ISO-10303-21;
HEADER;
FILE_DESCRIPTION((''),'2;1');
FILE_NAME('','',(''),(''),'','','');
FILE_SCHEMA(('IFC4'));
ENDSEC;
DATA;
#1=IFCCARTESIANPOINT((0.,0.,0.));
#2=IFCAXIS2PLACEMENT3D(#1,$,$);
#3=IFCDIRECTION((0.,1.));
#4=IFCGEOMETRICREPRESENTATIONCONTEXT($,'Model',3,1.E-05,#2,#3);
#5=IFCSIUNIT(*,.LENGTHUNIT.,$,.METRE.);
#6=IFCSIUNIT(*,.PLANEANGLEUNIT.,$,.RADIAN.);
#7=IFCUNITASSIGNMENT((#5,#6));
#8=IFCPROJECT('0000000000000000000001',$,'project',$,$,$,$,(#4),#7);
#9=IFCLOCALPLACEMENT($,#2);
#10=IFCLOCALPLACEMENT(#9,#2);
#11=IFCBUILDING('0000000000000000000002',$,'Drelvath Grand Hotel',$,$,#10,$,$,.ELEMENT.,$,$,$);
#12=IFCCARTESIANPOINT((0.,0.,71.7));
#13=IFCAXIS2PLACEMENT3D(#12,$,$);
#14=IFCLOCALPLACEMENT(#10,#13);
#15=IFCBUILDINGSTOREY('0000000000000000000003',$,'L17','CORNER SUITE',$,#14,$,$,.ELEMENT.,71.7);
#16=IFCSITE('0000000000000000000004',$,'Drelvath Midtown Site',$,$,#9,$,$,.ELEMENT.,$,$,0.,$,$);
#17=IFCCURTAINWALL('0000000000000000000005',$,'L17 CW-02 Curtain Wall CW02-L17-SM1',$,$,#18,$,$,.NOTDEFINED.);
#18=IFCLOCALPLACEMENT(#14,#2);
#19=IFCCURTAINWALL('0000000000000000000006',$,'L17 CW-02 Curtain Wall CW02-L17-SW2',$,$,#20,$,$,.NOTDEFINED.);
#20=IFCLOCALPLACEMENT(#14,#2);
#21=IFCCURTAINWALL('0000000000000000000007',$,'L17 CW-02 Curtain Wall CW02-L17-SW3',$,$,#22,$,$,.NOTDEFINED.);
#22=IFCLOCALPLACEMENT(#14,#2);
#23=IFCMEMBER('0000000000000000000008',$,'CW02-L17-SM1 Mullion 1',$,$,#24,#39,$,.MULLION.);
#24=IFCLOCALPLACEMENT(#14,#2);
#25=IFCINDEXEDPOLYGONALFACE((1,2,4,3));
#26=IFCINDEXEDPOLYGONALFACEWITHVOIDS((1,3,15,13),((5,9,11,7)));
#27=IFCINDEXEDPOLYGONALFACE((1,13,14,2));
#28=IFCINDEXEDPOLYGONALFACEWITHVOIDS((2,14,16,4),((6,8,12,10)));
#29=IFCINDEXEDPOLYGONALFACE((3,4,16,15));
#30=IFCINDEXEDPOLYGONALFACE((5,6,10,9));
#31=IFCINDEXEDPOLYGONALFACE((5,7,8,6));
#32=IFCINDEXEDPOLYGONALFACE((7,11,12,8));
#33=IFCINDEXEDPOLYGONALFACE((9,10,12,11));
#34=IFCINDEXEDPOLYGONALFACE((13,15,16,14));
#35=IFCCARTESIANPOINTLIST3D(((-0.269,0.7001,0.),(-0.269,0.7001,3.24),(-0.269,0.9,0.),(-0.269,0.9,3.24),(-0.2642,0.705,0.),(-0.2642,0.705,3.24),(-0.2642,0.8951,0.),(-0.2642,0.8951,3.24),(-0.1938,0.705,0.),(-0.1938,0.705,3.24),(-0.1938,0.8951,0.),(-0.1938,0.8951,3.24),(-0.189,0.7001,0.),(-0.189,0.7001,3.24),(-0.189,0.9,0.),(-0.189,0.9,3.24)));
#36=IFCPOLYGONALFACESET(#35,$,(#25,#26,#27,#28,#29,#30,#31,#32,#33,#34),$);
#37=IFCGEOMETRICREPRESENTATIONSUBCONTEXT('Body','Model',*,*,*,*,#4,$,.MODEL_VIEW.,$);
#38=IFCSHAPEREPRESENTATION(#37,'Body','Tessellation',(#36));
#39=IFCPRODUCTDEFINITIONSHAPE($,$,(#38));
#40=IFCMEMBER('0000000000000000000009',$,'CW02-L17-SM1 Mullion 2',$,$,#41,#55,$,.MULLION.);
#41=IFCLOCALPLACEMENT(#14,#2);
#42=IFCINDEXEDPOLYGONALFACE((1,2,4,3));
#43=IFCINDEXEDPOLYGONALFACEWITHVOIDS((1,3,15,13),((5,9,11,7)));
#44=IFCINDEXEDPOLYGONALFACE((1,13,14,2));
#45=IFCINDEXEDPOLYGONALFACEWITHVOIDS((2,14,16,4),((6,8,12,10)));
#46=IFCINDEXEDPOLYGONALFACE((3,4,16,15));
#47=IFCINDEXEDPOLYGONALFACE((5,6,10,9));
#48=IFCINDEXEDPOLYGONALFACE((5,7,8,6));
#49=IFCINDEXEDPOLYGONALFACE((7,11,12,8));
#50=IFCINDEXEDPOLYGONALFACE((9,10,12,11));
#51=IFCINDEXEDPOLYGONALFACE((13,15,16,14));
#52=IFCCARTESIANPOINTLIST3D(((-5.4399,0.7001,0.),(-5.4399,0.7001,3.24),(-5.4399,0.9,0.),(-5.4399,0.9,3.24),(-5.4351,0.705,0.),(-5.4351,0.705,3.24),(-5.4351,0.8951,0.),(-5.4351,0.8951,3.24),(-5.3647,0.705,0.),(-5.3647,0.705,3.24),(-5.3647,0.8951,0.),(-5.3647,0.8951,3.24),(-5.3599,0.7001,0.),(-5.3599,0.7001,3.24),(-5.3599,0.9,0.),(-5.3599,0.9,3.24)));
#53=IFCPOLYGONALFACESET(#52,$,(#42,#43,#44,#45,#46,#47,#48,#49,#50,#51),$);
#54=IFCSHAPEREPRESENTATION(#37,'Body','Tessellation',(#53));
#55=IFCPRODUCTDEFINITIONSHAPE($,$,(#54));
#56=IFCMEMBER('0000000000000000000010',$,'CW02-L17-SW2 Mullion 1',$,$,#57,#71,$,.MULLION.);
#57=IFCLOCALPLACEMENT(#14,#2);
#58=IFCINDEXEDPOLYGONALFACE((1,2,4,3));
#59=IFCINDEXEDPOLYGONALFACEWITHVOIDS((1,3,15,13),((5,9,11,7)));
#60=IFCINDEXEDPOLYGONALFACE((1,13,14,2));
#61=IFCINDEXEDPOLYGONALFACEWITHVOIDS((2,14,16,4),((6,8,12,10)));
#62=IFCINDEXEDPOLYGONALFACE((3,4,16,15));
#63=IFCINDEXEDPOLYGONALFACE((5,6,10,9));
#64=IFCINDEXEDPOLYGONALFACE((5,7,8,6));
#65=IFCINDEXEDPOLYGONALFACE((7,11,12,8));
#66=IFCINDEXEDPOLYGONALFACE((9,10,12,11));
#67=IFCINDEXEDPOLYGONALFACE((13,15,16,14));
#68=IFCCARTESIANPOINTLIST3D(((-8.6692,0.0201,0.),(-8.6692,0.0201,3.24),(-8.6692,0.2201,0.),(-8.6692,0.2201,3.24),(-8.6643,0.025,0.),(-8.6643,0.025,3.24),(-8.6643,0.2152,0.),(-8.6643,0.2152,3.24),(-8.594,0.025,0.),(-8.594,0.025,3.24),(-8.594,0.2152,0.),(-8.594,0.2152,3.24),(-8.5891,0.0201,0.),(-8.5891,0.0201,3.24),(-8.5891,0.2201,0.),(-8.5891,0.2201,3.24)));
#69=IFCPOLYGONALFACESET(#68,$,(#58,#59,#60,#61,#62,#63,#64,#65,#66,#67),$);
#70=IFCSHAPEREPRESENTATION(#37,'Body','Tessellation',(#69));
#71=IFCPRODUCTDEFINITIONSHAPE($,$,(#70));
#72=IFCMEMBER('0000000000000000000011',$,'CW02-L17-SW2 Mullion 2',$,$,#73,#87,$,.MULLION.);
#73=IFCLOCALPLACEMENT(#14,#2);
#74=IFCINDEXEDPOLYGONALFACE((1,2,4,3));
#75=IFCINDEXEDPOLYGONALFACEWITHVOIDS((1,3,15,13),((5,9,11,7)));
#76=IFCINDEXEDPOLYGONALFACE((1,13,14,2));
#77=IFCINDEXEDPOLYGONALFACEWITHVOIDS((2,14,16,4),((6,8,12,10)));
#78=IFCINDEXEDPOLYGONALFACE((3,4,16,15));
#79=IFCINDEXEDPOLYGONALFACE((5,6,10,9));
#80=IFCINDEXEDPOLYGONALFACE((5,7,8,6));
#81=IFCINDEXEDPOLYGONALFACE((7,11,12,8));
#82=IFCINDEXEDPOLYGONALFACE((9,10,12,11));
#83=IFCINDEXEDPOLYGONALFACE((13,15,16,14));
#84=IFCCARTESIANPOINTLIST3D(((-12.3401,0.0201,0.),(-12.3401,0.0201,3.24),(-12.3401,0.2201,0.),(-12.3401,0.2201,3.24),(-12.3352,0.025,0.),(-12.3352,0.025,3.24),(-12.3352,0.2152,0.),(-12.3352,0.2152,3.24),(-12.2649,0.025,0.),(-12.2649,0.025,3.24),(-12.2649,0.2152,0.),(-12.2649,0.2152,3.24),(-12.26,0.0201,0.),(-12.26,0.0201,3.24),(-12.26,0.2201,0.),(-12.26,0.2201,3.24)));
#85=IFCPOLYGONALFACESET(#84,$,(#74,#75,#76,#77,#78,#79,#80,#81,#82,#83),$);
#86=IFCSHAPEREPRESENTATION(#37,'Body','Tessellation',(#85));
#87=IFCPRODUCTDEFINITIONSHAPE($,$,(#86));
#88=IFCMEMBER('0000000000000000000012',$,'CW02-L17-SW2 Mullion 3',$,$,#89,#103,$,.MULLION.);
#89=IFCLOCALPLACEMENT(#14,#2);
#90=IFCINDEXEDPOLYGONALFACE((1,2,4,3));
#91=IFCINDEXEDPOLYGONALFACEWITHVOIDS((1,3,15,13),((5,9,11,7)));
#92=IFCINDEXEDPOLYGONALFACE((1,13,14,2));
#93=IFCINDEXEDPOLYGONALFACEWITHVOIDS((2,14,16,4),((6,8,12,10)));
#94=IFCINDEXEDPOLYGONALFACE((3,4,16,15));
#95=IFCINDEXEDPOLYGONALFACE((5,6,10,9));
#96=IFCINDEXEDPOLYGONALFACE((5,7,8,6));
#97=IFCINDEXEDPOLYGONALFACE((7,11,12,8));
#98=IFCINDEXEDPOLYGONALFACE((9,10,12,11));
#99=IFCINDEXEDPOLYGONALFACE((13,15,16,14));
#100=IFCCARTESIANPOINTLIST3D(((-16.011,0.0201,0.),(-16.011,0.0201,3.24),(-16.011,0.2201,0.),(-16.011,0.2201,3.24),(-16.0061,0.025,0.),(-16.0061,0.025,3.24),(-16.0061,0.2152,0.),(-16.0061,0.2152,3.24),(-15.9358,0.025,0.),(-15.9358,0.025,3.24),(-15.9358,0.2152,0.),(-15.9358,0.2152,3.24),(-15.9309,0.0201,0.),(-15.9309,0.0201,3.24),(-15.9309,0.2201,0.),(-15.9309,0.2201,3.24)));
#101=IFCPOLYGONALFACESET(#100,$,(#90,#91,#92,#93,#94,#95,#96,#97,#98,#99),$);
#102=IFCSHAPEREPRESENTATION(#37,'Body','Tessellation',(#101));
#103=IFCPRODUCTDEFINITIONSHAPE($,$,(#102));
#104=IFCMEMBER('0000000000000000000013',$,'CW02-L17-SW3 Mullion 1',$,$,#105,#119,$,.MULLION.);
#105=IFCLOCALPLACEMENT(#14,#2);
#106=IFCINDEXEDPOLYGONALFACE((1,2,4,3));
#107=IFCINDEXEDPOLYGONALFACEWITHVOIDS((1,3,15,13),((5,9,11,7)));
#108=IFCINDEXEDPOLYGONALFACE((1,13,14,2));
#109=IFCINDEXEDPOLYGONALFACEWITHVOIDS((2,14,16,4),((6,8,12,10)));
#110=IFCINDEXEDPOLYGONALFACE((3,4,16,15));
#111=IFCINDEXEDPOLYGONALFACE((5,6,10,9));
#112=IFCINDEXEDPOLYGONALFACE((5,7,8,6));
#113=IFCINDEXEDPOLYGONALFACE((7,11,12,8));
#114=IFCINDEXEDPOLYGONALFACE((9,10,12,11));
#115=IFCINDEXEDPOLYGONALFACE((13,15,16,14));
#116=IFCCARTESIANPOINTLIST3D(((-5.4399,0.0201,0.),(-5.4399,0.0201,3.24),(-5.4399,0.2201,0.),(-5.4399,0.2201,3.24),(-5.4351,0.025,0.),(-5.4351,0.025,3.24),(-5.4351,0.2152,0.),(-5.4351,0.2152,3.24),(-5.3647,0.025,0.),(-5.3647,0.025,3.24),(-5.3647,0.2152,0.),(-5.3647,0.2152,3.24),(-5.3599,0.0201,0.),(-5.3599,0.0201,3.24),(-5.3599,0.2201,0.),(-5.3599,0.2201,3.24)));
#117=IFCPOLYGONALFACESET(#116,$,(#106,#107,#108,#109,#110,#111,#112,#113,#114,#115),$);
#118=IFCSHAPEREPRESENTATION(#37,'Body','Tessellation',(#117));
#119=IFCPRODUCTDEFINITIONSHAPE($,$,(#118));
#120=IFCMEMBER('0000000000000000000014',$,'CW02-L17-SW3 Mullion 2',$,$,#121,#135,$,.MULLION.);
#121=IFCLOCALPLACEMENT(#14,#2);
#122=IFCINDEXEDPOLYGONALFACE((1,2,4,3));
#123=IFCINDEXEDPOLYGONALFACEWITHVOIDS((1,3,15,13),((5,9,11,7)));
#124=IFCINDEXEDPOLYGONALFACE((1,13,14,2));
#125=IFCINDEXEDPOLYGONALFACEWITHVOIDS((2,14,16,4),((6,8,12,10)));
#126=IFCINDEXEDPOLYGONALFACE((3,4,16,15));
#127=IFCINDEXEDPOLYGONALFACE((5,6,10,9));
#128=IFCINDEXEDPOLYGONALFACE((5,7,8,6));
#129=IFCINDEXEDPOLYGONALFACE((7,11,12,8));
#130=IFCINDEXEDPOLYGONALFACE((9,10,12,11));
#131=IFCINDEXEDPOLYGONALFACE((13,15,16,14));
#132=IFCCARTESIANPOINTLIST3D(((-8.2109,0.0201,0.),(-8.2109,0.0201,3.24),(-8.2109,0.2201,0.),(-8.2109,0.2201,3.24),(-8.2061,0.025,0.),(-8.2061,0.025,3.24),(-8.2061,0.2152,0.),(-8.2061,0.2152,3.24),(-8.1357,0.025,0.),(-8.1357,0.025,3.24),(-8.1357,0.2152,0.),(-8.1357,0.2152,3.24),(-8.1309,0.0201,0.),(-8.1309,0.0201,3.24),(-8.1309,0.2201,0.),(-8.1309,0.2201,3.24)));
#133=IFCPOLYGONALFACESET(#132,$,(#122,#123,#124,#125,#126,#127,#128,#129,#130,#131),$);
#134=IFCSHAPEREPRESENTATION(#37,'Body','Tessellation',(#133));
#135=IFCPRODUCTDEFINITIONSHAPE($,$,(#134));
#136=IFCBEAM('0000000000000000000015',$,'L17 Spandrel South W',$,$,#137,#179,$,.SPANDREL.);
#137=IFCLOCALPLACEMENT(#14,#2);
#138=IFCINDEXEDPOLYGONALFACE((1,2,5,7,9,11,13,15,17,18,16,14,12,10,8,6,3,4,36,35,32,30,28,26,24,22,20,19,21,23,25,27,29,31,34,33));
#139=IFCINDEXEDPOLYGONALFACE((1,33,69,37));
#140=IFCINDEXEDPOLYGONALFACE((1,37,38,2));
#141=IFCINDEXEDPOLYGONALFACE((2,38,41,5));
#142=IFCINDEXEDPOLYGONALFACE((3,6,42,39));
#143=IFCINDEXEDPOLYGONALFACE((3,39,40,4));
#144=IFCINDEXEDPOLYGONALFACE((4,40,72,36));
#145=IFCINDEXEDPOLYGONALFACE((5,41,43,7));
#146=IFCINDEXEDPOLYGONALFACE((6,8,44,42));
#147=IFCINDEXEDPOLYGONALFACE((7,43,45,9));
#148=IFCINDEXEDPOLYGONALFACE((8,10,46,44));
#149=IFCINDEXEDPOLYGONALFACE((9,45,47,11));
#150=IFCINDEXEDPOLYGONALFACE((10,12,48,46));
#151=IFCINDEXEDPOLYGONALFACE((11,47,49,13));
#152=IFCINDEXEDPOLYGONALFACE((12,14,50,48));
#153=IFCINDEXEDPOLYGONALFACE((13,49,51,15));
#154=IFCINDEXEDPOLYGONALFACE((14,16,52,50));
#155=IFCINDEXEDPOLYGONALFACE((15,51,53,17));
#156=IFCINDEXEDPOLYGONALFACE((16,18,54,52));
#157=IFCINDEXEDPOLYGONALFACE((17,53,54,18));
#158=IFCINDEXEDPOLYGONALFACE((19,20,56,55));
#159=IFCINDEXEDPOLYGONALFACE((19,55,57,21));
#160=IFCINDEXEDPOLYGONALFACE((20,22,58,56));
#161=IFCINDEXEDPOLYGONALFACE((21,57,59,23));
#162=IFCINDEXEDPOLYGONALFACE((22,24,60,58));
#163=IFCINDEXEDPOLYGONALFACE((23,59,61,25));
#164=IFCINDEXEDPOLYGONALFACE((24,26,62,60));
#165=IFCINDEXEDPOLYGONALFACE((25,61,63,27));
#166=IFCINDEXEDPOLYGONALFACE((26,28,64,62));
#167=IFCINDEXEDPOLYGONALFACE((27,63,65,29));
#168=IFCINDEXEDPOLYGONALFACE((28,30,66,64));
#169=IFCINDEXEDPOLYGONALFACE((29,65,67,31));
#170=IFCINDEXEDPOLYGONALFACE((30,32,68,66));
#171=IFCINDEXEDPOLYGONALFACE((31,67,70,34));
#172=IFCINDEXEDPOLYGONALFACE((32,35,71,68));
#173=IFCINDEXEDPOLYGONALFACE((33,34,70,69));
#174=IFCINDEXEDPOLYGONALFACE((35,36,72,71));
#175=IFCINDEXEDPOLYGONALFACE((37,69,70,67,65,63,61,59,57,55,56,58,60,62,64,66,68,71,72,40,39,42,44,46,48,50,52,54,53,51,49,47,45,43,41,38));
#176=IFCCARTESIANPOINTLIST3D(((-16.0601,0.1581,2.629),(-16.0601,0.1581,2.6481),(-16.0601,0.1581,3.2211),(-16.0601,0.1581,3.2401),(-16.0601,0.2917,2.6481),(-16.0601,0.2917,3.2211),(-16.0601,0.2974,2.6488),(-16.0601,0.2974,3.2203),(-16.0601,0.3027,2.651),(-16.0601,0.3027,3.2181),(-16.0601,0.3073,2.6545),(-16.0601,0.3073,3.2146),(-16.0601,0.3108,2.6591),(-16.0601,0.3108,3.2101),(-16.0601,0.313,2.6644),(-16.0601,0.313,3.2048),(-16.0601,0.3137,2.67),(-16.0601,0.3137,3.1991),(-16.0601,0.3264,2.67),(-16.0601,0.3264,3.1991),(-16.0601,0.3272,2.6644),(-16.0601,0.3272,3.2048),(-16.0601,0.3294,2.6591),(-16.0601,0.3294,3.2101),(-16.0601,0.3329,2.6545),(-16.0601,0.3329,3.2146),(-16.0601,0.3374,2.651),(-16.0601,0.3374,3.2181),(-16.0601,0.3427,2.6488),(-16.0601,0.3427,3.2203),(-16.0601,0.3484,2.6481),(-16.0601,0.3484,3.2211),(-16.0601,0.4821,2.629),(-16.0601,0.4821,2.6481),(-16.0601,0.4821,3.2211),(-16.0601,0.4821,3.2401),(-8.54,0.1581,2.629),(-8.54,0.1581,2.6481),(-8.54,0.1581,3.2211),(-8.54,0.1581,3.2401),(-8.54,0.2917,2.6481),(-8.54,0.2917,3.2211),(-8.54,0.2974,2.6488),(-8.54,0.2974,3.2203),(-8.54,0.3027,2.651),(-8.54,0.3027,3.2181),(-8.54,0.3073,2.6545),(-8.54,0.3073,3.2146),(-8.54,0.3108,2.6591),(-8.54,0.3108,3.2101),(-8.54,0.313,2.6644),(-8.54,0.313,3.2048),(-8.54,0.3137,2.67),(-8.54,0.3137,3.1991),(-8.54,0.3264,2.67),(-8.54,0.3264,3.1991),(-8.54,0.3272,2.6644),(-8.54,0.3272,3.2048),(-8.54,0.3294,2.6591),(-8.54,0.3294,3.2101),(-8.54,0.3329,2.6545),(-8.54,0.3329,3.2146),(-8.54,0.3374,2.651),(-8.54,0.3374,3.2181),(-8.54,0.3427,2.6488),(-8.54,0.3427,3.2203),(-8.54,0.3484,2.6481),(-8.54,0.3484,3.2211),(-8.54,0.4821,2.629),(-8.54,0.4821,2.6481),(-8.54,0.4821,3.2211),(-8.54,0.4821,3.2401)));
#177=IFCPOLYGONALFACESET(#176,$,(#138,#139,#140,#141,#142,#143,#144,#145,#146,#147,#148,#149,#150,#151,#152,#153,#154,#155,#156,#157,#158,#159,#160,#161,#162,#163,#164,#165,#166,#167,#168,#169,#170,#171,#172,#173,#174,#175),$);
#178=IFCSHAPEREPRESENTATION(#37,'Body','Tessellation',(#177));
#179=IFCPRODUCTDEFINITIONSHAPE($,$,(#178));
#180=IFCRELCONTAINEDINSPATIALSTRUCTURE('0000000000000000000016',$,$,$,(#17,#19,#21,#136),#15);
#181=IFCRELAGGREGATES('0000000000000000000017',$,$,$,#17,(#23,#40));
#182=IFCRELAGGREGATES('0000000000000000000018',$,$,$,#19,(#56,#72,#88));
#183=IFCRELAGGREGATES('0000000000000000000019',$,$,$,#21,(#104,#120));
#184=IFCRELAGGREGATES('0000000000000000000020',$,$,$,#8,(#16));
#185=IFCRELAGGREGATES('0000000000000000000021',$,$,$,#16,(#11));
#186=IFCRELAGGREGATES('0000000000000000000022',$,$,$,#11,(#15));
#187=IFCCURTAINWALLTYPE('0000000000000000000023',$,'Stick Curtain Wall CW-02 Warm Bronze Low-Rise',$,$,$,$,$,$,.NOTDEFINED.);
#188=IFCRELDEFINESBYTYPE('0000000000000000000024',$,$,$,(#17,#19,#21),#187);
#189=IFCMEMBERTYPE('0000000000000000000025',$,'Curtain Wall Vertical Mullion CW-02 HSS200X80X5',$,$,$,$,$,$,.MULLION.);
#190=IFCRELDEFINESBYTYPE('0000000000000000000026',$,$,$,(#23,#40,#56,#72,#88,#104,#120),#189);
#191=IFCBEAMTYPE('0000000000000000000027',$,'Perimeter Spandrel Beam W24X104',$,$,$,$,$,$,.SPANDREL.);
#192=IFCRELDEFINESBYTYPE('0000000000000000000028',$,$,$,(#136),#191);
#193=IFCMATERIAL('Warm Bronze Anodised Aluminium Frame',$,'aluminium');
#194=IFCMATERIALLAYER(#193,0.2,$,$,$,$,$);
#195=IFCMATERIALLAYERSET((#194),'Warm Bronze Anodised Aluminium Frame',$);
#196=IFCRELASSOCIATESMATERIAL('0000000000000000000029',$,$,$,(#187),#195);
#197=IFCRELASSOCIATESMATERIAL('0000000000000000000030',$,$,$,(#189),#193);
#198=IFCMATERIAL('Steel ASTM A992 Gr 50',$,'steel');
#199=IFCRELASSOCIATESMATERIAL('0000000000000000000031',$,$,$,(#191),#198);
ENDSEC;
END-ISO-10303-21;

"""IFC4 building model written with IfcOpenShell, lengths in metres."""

from ifc_helpers import new_model, si_unit, direction, frame, origin, origin_2d, place, context, subcontext, project, spatial, hollow_rectangle, i_section, extrude, material, layer, layer_set, material_profile, profile_set, type_object, element, aggregate, save


model = new_model("IFC4")

# Units and contexts
model_context = context("Model", 3, precision=1e-05, world=origin(), true_north=direction((0.0, 1.0)))
body_context = subcontext(model_context, "Body", "Model", "MODEL_VIEW")
ifc_project = project(units=[si_unit("LENGTHUNIT", "METRE"), si_unit("PLANEANGLEUNIT", "RADIAN")], contexts=[model_context])

# Site, building, storey
site_placement = place(None, origin())
site = spatial("IfcSite", under=ifc_project, at=site_placement, Name="Drelvath Midtown Site", CompositionType="ELEMENT", RefElevation=0.0)
building_placement = place(site_placement, origin())
building = spatial("IfcBuilding", under=site, at=building_placement, Name="Drelvath Grand Hotel", CompositionType="ELEMENT")
storey_placement = place(building_placement, frame((0.0, 0.0, 71.7)))
storey = spatial("IfcBuildingStorey", under=building, at=storey_placement, Name="L17", Description="CORNER SUITE", CompositionType="ELEMENT", Elevation=71.7)

# Shared definitions
ifc_material_1 = material(Name="Steel ASTM A992 Gr 50", Category="steel")

# Curtain walls
ifc_material_2 = material(Name="Warm Bronze Anodised Aluminium Frame", Category="aluminium")
ifc_layer_1 = layer(ifc_material_2, 0.2)
ifc_layer_set_1 = layer_set([ifc_layer_1], Name="Warm Bronze Anodised Aluminium Frame")
curtain_wall_type = type_object("IfcCurtainWallType", Name="Stick Curtain Wall CW-02 Warm Bronze Low-Rise", PredefinedType="NOTDEFINED", material=ifc_layer_set_1)
curtain_wall_1_placement = place(storey_placement, origin())
curtain_wall_1 = element("IfcCurtainWall", 1, at=curtain_wall_1_placement, inside=storey, type_object=curtain_wall_type, Name="L17 CW-02 Curtain Wall CW02-L17-SM1", PredefinedType="NOTDEFINED")
curtain_wall_2_placement = place(storey_placement, origin())
curtain_wall_2 = element("IfcCurtainWall", 2, at=curtain_wall_2_placement, inside=storey, type_object=curtain_wall_type, Name="L17 CW-02 Curtain Wall CW02-L17-SW2", PredefinedType="NOTDEFINED")
curtain_wall_3_placement = place(storey_placement, origin())
curtain_wall_3 = element("IfcCurtainWall", 3, at=curtain_wall_3_placement, inside=storey, type_object=curtain_wall_type, Name="L17 CW-02 Curtain Wall CW02-L17-SW3", PredefinedType="NOTDEFINED")

# Members
ifc_material_profile_1 = material_profile(ifc_material_2, hollow_rectangle(XDim=0.0801, YDim=0.2, WallThickness=0.0049, at=origin_2d()), Name="HSS200X80X5")
ifc_profile_set_1 = profile_set([ifc_material_profile_1], Name="Warm Bronze Anodised Aluminium Frame")
member_type_1 = type_object("IfcMemberType", Name="Curtain Wall Vertical Mullion CW-02 HSS200X80X5", PredefinedType="MULLION", material=ifc_profile_set_1)
member_1_placement = place(storey_placement, frame((-0.229, 0.8, 0.0), z_axis=(0.0, 0.0, 1.0), x_axis=(1.0, 0.0, 0.0)))
member_1 = element("IfcMember", 4, at=member_1_placement, type_object=member_type_1, Name="CW02-L17-SM1 Mullion 1", PredefinedType="MULLION", context=body_context, shape_type="SweptSolid", body=[
    extrude(hollow_rectangle(XDim=0.0801, YDim=0.2, WallThickness=0.0049, at=origin_2d()), origin(), (0.0, 0.0, 1.0), 3.24),
])
member_2_placement = place(storey_placement, frame((-5.3999, 0.8, 0.0), z_axis=(0.0, 0.0, 1.0), x_axis=(1.0, 0.0, 0.0)))
member_2 = element("IfcMember", 5, at=member_2_placement, type_object=member_type_1, Name="CW02-L17-SM1 Mullion 2", PredefinedType="MULLION", context=body_context, shape_type="SweptSolid", body=[
    extrude(hollow_rectangle(XDim=0.0801, YDim=0.2, WallThickness=0.0049, at=origin_2d()), origin(), (0.0, 0.0, 1.0), 3.24),
])
member_3_placement = place(storey_placement, frame((-8.6292, 0.1201, 0.0), z_axis=(0.0, 0.0, 1.0), x_axis=(1.0, 0.0, 0.0)))
member_3 = element("IfcMember", 6, at=member_3_placement, type_object=member_type_1, Name="CW02-L17-SW2 Mullion 1", PredefinedType="MULLION", context=body_context, shape_type="SweptSolid", body=[
    extrude(hollow_rectangle(XDim=0.0801, YDim=0.2, WallThickness=0.0049, at=origin_2d()), origin(), (0.0, 0.0, 1.0), 3.24),
])
member_4_placement = place(storey_placement, frame((-12.3, 0.1201, 0.0), z_axis=(0.0, 0.0, 1.0), x_axis=(1.0, 0.0, 0.0)))
member_4 = element("IfcMember", 7, at=member_4_placement, type_object=member_type_1, Name="CW02-L17-SW2 Mullion 2", PredefinedType="MULLION", context=body_context, shape_type="SweptSolid", body=[
    extrude(hollow_rectangle(XDim=0.0801, YDim=0.2, WallThickness=0.0049, at=origin_2d()), origin(), (0.0, 0.0, 1.0), 3.24),
])
member_5_placement = place(storey_placement, frame((-15.9709, 0.1201, 0.0), z_axis=(0.0, 0.0, 1.0), x_axis=(1.0, 0.0, 0.0)))
member_5 = element("IfcMember", 8, at=member_5_placement, type_object=member_type_1, Name="CW02-L17-SW2 Mullion 3", PredefinedType="MULLION", context=body_context, shape_type="SweptSolid", body=[
    extrude(hollow_rectangle(XDim=0.0801, YDim=0.2, WallThickness=0.0049, at=origin_2d()), origin(), (0.0, 0.0, 1.0), 3.24),
])
member_6_placement = place(storey_placement, frame((-5.3999, 0.1201, 0.0), z_axis=(0.0, 0.0, 1.0), x_axis=(1.0, 0.0, 0.0)))
member_6 = element("IfcMember", 9, at=member_6_placement, type_object=member_type_1, Name="CW02-L17-SW3 Mullion 1", PredefinedType="MULLION", context=body_context, shape_type="SweptSolid", body=[
    extrude(hollow_rectangle(XDim=0.0801, YDim=0.2, WallThickness=0.0049, at=origin_2d()), origin(), (0.0, 0.0, 1.0), 3.24),
])
member_7_placement = place(storey_placement, frame((-8.1709, 0.1201, 0.0), z_axis=(0.0, 0.0, 1.0), x_axis=(1.0, 0.0, 0.0)))
member_7 = element("IfcMember", 10, at=member_7_placement, type_object=member_type_1, Name="CW02-L17-SW3 Mullion 2", PredefinedType="MULLION", context=body_context, shape_type="SweptSolid", body=[
    extrude(hollow_rectangle(XDim=0.0801, YDim=0.2, WallThickness=0.0049, at=origin_2d()), origin(), (0.0, 0.0, 1.0), 3.24),
])

# Beam
ifc_material_profile_2 = material_profile(ifc_material_1, i_section(OverallWidth=0.324, OverallDepth=0.6111, WebThickness=0.0127, FlangeThickness=0.019, FilletRadius=0.022, at=origin_2d()), Name="W24X104")
ifc_profile_set_2 = profile_set([ifc_material_profile_2], Name="Steel ASTM A992 Gr 50")
beam_type_1 = type_object("IfcBeamType", Name="Perimeter Spandrel Beam W24X104", PredefinedType="SPANDREL", material=ifc_profile_set_2)
beam_1_placement = place(storey_placement, frame((-16.0601, 0.3201, 2.9346), z_axis=(1.0, 0.0, 0.0), x_axis=(0.0, 1.0, 0.0)))
element("IfcBeam", 11, at=beam_1_placement, inside=storey, type_object=beam_type_1, Name="L17 Spandrel South W", PredefinedType="SPANDREL", context=body_context, shape_type="SweptSolid", body=[
    extrude(i_section(OverallWidth=0.324, OverallDepth=0.6111, WebThickness=0.0127, FlangeThickness=0.019, FilletRadius=0.022, at=origin_2d()), origin(), (0.0, 0.0, 1.0), 7.52),
])

aggregate(curtain_wall_1, [member_1, member_2])
aggregate(curtain_wall_2, [member_3, member_4, member_5])
aggregate(curtain_wall_3, [member_6, member_7])

save(model, "model.ifc")
